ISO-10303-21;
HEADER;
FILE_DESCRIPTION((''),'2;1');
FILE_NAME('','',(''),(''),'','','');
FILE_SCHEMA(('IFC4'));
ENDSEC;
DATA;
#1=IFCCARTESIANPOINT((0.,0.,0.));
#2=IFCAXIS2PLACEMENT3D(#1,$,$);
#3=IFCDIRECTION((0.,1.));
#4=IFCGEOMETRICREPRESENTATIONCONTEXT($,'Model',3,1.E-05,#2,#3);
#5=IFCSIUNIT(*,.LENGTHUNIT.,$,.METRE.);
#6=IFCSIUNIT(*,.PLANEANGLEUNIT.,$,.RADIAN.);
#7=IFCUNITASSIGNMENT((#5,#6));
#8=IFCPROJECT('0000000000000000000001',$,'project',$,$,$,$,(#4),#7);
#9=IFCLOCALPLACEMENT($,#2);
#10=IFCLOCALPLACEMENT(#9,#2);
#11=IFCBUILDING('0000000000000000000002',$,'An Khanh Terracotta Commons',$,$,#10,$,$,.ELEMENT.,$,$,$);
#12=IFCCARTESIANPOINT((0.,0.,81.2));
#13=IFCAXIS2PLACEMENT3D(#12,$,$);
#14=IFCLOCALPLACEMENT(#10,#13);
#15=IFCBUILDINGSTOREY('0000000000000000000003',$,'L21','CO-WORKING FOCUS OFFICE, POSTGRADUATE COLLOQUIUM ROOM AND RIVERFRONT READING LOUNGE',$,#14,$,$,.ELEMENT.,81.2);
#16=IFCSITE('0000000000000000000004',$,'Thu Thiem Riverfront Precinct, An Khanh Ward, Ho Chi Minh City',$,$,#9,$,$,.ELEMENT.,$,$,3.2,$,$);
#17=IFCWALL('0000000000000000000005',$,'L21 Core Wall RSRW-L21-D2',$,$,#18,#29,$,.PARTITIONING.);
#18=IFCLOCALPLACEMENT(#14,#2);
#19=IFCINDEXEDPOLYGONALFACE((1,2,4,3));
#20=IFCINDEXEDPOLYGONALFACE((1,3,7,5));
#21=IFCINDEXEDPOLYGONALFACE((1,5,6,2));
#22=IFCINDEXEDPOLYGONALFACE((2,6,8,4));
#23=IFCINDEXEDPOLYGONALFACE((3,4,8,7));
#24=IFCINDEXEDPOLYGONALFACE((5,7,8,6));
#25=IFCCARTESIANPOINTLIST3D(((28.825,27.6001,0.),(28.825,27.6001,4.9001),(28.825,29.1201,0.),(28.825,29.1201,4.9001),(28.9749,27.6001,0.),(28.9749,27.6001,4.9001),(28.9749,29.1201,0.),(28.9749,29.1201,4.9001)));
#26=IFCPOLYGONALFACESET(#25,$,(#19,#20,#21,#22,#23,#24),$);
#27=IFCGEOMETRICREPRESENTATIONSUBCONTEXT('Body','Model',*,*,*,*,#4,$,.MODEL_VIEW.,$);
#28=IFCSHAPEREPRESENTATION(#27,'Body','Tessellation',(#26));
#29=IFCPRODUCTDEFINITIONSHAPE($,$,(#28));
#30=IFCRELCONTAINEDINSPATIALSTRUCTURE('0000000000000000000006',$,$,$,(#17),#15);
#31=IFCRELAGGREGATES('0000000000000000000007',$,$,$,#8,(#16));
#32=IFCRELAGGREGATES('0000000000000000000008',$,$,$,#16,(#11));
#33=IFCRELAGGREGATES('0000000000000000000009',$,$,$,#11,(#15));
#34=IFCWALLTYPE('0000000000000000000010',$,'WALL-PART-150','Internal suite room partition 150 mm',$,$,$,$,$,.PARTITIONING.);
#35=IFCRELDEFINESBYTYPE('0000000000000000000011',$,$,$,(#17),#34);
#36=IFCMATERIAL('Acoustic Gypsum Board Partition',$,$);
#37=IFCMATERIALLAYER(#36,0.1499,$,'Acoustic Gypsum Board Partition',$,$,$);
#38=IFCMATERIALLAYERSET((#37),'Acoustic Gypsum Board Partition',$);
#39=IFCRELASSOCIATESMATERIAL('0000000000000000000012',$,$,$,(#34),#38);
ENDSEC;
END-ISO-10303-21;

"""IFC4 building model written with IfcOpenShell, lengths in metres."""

from ifc_helpers import new_model, si_unit, direction, frame, frame_2d, origin, place, context, subcontext, project, spatial, rectangle, extrude, material, layer, layer_set, type_object, element, save


model = new_model("IFC4")

# Units and contexts
model_context = context("Model", 3, precision=1e-05, world=origin(), true_north=direction((0.0, 1.0)))
body_context = subcontext(model_context, "Body", "Model", "MODEL_VIEW")
ifc_project = project(units=[si_unit("LENGTHUNIT", "METRE"), si_unit("PLANEANGLEUNIT", "RADIAN")], contexts=[model_context])

# Site, building, storey
site_placement = place(None, origin())
site = spatial("IfcSite", under=ifc_project, at=site_placement, Name="Thu Thiem Riverfront Precinct, An Khanh Ward, Ho Chi Minh City", CompositionType="ELEMENT", RefElevation=3.2)
building_placement = place(site_placement, origin())
building = spatial("IfcBuilding", under=site, at=building_placement, Name="An Khanh Terracotta Commons", CompositionType="ELEMENT")
storey_placement = place(building_placement, frame((0.0, 0.0, 81.2)))
storey = spatial("IfcBuildingStorey", under=building, at=storey_placement, Name="L21", Description="CO-WORKING FOCUS OFFICE, POSTGRADUATE COLLOQUIUM ROOM AND RIVERFRONT READING LOUNGE", CompositionType="ELEMENT", Elevation=81.2)

# Wall
ifc_material_1 = material(Name="Acoustic Gypsum Board Partition")
ifc_layer_1 = layer(ifc_material_1, 0.1499, Name="Acoustic Gypsum Board Partition")
ifc_layer_set_1 = layer_set([ifc_layer_1], Name="Acoustic Gypsum Board Partition")
wall_type_1 = type_object("IfcWallType", Name="WALL-PART-150", Description="Internal suite room partition 150 mm", PredefinedType="PARTITIONING", material=ifc_layer_set_1)
wall_1_placement = place(storey_placement, frame((28.8999, 27.6001, 0.0), z_axis=(0.0, 0.0, 1.0), x_axis=(0.0, 1.0, 0.0)))
element("IfcWall", 1, at=wall_1_placement, inside=storey, type_object=wall_type_1, Name="L21 Core Wall RSRW-L21-D2", PredefinedType="PARTITIONING", context=body_context, shape_type="SweptSolid", body=[
    extrude(rectangle(XDim=1.52, YDim=0.1499, at=frame_2d((0.76, 0.0))), origin(), (0.0, 0.0, 1.0), 4.9001),
])

save(model, "model.ifc")
